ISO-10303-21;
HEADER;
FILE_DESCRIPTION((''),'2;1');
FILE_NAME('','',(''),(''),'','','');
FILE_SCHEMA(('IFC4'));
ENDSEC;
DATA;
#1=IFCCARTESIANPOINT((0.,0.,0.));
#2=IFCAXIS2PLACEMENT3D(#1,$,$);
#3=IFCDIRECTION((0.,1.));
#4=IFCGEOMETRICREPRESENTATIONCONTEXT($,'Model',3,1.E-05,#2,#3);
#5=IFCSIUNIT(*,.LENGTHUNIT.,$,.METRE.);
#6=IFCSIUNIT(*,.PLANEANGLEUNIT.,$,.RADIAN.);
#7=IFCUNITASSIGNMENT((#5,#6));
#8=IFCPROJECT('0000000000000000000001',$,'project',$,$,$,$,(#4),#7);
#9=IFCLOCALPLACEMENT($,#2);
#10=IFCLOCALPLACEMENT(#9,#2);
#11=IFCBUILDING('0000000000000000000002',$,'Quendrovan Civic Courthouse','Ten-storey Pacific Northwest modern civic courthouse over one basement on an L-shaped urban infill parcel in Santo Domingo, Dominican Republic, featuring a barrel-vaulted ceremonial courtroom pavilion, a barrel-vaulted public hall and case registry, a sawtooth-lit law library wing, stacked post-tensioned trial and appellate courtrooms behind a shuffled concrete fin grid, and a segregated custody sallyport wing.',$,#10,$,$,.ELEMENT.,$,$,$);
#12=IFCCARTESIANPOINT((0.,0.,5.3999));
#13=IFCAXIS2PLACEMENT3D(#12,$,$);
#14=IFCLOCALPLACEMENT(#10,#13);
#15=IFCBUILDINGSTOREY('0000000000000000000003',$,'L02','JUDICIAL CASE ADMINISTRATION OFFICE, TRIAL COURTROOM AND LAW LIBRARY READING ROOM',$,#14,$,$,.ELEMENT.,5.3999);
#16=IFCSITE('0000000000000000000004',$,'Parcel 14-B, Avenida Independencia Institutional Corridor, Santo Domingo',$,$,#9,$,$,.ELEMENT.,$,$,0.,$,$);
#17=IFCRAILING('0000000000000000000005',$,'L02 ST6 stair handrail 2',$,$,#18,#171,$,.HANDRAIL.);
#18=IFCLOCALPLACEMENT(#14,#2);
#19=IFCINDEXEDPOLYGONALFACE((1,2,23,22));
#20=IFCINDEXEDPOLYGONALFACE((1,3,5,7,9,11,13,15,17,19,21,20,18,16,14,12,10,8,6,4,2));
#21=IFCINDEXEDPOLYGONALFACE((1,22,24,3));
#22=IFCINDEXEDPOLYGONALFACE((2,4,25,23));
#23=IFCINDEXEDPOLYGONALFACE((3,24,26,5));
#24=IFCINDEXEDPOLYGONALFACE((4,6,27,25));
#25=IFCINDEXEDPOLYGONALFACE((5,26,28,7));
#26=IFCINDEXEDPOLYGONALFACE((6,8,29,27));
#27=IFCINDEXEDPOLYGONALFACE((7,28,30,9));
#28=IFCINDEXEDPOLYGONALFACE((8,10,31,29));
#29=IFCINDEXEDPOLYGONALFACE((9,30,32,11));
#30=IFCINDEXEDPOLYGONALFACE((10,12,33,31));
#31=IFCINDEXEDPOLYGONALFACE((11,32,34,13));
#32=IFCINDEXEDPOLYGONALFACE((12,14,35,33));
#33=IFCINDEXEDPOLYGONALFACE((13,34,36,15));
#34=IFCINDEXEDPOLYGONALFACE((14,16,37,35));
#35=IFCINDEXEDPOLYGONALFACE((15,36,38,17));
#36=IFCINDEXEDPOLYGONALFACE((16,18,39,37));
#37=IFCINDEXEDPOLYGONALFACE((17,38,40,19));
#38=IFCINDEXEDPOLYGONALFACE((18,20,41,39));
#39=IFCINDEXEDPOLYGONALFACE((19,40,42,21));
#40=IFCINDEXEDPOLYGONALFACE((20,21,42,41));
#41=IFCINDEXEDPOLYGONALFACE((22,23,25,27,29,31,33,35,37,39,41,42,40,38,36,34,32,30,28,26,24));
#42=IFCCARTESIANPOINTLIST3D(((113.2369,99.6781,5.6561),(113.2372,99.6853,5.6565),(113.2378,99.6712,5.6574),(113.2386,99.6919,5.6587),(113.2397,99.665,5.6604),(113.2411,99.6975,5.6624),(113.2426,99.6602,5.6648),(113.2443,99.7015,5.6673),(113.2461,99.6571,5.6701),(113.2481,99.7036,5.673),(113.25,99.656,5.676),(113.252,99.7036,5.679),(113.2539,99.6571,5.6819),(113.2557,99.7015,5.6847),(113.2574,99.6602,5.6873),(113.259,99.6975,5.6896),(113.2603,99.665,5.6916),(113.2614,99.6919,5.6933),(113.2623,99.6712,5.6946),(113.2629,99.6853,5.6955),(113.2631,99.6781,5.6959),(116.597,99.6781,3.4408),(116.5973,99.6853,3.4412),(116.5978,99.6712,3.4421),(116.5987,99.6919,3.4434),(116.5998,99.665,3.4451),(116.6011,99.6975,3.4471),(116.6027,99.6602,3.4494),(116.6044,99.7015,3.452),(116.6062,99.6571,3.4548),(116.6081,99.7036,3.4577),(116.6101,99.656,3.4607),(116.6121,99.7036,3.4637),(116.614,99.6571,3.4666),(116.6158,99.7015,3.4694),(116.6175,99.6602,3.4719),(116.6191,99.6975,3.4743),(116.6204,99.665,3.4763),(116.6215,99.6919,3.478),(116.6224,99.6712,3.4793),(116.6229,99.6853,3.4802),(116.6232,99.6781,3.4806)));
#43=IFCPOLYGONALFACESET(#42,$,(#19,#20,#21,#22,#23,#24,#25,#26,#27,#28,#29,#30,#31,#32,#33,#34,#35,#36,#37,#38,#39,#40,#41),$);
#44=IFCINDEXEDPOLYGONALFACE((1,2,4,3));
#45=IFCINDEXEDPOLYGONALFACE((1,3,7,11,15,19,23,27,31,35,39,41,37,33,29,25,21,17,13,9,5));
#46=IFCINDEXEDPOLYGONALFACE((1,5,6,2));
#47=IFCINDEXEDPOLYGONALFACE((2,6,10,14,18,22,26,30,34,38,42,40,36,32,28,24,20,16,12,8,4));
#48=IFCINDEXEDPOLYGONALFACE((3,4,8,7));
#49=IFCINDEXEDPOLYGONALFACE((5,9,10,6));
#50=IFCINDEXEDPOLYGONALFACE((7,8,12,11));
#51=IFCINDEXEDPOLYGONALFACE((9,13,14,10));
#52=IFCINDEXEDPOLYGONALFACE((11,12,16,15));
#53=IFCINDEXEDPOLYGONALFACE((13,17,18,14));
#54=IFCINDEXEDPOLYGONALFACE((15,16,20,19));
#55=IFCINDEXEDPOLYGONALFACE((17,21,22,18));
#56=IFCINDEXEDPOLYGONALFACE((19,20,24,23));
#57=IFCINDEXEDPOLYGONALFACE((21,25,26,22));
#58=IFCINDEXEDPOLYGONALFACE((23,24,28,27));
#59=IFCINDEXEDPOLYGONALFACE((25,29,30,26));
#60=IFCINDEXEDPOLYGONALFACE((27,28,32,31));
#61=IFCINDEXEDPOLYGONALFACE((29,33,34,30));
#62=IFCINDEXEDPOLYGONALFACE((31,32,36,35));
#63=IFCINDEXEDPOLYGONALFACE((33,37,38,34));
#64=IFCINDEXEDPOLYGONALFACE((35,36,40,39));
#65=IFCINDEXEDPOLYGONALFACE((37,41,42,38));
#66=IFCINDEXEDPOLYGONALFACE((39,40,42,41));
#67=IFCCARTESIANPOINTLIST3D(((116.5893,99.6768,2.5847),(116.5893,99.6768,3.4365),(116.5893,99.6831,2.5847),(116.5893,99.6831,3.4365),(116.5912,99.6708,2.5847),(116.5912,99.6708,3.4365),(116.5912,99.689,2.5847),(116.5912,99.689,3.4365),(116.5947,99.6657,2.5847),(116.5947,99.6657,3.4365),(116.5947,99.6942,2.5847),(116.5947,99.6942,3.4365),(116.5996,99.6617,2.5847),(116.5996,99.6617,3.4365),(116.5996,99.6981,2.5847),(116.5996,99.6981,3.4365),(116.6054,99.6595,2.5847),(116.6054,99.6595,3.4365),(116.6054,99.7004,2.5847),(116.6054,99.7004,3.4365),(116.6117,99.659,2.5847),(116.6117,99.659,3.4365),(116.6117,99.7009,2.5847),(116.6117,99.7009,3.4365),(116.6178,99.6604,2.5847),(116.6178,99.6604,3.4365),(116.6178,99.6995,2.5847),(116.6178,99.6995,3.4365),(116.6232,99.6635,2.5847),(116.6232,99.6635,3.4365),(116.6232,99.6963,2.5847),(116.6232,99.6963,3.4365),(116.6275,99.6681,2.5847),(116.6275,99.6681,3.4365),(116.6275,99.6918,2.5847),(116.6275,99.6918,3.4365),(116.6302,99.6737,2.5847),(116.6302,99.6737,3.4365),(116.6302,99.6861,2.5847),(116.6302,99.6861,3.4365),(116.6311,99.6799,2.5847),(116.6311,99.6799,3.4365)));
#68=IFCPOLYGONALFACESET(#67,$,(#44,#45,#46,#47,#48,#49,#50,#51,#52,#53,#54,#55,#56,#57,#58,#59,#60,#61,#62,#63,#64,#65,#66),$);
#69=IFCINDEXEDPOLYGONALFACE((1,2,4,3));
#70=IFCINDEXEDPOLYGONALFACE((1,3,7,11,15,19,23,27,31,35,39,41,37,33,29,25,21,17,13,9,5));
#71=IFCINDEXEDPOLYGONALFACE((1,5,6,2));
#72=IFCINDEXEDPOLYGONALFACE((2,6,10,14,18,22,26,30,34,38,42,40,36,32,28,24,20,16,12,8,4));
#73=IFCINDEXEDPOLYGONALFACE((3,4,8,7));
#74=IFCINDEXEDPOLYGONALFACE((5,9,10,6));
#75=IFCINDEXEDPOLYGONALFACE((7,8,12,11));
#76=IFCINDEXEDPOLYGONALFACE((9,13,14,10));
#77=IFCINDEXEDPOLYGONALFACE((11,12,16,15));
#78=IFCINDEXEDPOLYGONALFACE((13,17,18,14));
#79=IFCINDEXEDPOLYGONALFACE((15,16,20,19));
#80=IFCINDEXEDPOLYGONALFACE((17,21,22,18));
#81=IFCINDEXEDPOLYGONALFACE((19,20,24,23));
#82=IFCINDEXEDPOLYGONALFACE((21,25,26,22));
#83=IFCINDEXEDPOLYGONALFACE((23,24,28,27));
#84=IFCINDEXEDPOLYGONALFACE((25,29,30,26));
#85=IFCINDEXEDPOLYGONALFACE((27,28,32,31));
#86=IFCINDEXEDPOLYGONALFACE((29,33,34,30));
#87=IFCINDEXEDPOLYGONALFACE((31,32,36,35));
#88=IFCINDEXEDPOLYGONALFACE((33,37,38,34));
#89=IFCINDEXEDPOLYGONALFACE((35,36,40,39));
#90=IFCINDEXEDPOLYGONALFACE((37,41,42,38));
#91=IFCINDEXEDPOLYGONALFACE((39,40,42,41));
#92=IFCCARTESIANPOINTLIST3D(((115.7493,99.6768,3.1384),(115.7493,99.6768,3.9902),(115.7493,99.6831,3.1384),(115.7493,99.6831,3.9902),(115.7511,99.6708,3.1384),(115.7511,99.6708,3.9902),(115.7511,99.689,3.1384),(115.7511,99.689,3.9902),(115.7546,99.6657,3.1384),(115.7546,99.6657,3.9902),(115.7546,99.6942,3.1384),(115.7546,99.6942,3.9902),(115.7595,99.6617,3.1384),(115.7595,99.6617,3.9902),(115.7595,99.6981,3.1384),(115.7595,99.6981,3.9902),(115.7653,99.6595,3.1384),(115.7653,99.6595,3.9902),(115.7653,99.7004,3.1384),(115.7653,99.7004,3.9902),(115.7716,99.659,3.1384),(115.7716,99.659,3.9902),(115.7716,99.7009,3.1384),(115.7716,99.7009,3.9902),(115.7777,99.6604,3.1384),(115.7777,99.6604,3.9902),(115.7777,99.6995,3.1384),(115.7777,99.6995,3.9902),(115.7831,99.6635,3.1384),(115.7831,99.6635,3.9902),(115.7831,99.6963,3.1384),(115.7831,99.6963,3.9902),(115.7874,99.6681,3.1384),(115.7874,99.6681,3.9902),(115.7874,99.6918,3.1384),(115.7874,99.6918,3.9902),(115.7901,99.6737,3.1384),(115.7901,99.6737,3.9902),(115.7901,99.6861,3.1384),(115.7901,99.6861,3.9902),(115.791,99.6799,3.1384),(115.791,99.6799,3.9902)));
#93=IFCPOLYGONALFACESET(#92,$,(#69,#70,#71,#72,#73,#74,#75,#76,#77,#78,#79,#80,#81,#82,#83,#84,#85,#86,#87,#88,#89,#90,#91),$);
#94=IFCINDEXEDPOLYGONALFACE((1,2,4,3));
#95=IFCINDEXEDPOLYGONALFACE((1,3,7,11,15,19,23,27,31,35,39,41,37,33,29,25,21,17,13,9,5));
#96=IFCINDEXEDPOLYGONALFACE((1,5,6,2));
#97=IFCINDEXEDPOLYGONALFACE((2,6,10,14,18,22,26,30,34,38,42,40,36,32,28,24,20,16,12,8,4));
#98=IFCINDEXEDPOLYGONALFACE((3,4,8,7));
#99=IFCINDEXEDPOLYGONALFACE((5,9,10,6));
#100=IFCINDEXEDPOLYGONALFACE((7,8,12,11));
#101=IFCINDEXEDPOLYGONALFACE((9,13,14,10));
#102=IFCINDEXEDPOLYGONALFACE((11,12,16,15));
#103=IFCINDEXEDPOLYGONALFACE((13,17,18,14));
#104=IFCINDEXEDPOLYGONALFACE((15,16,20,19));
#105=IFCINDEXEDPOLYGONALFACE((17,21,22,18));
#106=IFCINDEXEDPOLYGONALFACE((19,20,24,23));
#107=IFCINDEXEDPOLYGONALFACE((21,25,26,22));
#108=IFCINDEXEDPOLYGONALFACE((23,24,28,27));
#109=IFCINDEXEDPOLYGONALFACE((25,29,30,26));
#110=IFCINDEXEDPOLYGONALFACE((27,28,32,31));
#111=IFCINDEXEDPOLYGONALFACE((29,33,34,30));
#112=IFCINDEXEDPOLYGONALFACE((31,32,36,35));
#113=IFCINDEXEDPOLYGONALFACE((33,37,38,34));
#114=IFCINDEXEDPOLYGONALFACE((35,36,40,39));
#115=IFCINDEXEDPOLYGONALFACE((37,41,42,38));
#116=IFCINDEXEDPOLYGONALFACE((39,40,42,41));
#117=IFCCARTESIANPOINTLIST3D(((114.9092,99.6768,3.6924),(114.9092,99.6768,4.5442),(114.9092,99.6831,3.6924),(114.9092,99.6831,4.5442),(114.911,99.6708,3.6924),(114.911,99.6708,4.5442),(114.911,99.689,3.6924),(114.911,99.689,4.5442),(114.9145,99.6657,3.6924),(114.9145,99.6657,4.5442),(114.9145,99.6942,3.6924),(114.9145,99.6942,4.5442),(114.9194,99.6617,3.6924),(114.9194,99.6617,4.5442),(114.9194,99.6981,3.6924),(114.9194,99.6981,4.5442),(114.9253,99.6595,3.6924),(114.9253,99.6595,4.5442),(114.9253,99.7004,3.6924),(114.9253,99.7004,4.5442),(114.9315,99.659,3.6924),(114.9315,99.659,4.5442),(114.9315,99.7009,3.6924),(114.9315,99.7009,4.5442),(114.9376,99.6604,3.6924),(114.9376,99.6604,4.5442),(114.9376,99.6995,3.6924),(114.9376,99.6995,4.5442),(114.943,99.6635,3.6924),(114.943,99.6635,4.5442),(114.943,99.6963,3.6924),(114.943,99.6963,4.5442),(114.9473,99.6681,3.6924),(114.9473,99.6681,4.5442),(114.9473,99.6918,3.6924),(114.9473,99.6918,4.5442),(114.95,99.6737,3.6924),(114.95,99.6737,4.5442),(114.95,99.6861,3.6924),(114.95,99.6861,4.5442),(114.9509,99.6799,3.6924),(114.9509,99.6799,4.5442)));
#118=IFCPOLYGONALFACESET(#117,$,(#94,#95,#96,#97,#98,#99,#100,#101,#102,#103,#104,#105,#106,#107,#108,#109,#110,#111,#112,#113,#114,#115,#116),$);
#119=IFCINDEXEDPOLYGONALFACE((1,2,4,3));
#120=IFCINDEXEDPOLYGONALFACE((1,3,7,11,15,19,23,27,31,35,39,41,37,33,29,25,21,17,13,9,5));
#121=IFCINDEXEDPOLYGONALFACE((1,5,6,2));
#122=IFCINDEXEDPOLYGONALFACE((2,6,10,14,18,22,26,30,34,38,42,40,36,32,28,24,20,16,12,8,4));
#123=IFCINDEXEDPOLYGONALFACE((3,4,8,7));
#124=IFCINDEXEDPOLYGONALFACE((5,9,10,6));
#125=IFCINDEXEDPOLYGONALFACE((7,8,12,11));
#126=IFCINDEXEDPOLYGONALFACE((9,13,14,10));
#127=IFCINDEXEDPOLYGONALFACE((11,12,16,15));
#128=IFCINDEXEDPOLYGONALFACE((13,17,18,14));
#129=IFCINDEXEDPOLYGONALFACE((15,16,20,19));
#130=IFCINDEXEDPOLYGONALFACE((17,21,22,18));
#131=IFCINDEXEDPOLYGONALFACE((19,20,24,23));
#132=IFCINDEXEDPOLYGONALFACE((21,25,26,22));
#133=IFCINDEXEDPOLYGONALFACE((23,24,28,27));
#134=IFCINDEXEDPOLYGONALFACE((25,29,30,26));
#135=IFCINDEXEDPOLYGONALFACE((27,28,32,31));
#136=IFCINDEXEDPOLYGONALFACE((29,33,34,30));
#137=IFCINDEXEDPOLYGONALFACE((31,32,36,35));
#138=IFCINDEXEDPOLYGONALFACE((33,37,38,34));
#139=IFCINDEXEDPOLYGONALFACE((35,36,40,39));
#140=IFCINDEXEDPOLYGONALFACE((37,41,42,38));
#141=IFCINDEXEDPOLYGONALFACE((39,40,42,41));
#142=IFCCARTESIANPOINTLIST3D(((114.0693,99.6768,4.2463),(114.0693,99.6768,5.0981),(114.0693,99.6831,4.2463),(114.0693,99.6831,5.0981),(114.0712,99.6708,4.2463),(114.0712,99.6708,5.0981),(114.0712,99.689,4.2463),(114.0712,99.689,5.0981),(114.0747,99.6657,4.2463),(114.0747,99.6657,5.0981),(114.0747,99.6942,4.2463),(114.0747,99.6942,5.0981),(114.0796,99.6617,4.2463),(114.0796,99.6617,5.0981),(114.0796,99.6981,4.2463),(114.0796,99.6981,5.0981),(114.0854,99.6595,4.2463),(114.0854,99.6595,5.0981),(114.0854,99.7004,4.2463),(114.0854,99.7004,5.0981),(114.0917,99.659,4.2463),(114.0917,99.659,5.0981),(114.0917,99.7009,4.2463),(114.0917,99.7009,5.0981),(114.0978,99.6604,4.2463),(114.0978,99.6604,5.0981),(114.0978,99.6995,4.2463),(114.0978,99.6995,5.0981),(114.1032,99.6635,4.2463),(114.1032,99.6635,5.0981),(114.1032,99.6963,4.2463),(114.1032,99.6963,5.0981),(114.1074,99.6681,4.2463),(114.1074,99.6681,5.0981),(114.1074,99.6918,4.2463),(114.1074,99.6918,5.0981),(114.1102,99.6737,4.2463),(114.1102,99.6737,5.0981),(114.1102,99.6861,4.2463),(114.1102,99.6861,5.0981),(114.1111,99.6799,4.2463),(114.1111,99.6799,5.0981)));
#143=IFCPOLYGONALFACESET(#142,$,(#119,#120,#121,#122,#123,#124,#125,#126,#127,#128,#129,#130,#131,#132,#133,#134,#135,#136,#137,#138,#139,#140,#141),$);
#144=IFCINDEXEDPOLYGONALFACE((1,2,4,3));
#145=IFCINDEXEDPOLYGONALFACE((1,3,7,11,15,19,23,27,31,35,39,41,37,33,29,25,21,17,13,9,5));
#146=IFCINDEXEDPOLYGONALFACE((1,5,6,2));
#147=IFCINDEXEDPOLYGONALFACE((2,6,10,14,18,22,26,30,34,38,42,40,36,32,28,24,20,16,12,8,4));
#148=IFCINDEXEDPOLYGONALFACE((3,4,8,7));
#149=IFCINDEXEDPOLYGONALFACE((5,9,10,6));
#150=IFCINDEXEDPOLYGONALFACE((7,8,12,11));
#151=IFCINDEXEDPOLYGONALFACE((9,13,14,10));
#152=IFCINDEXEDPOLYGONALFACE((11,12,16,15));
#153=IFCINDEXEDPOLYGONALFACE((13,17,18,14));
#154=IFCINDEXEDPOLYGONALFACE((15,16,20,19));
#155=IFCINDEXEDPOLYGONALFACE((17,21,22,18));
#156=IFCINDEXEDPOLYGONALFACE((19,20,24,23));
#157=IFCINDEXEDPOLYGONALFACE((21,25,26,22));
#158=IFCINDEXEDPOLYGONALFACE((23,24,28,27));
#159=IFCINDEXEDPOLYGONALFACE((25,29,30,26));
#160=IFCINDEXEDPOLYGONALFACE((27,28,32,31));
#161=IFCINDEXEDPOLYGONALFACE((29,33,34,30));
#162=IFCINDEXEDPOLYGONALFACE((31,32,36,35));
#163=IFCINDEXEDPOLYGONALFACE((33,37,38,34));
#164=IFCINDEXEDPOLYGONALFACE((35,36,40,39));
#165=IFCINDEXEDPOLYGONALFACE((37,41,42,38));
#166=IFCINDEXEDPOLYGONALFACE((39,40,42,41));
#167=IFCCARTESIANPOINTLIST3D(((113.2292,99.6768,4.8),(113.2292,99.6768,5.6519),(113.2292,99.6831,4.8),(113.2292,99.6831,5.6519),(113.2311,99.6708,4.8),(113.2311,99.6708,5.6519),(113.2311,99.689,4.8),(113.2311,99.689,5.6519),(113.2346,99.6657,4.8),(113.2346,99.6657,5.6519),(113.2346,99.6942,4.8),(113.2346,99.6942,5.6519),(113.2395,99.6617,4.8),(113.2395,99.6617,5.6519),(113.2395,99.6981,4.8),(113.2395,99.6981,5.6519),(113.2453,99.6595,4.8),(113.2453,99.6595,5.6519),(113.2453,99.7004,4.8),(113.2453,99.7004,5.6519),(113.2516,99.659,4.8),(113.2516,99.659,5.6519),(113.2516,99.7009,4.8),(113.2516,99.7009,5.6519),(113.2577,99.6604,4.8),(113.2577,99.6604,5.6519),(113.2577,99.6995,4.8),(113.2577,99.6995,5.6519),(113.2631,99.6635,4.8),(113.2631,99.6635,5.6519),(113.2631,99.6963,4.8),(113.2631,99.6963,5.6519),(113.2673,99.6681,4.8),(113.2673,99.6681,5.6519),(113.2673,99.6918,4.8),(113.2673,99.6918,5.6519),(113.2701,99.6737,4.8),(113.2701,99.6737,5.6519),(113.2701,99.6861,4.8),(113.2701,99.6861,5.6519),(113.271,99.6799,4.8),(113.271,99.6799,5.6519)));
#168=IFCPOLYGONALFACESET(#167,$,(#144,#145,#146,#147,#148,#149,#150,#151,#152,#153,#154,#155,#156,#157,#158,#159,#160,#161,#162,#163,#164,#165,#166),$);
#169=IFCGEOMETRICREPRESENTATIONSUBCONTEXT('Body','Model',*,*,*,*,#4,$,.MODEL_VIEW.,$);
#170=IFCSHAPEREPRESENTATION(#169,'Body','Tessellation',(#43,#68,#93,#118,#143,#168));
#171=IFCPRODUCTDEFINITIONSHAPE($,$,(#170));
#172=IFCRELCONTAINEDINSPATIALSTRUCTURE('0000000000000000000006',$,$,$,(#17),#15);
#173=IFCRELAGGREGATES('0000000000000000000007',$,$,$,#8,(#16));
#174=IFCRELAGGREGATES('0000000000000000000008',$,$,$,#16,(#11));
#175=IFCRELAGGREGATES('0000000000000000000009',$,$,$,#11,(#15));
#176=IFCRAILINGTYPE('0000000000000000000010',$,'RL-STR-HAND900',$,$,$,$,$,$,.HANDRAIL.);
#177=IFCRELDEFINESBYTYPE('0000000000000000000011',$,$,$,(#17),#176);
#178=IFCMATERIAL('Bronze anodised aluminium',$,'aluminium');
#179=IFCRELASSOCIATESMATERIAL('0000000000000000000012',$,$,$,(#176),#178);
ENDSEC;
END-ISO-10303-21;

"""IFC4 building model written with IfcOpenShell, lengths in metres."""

from ifc_helpers import new_model, si_unit, direction, frame, origin, origin_2d, place, context, subcontext, project, spatial, circle, extrude, material, type_object, element, save


model = new_model("IFC4")

# Units and contexts
model_context = context("Model", 3, precision=1e-05, world=origin(), true_north=direction((0.0, 1.0)))
body_context = subcontext(model_context, "Body", "Model", "MODEL_VIEW")
ifc_project = project(units=[si_unit("LENGTHUNIT", "METRE"), si_unit("PLANEANGLEUNIT", "RADIAN")], contexts=[model_context])

# Site, building, storey
site_placement = place(None, origin())
site = spatial("IfcSite", under=ifc_project, at=site_placement, Name="Parcel 14-B, Avenida Independencia Institutional Corridor, Santo Domingo", CompositionType="ELEMENT", RefElevation=0.0)
building_placement = place(site_placement, origin())
building = spatial("IfcBuilding", under=site, at=building_placement, Name="Quendrovan Civic Courthouse", Description="Ten-storey Pacific Northwest modern civic courthouse over one basement on an L-shaped urban infill parcel in Santo Domingo, Dominican Republic, featuring a barrel-vaulted ceremonial courtroom pavilion, a barrel-vaulted public hall and case registry, a sawtooth-lit law library wing, stacked post-tensioned trial and appellate courtrooms behind a shuffled concrete fin grid, and a segregated custody sallyport wing.", CompositionType="ELEMENT")
storey_placement = place(building_placement, frame((0.0, 0.0, 5.3999)))
storey = spatial("IfcBuildingStorey", under=building, at=storey_placement, Name="L02", Description="JUDICIAL CASE ADMINISTRATION OFFICE, TRIAL COURTROOM AND LAW LIBRARY READING ROOM", CompositionType="ELEMENT", Elevation=5.3999)

# Shared definitions
ifc_material_1 = material(Name="Bronze anodised aluminium", Category="aluminium")

# Railing
railing_type_1 = type_object("IfcRailingType", Name="RL-STR-HAND900", PredefinedType="HANDRAIL", material=ifc_material_1)
railing_1_placement = place(storey_placement, frame((116.6101, 99.6799, 2.5847)))
element("IfcRailing", 1, at=railing_1_placement, inside=storey, type_object=railing_type_1, Name="L02 ST6 stair handrail 2", PredefinedType="HANDRAIL", context=body_context, shape_type="SweptSolid", body=[
    extrude(circle(Radius=0.0239, at=origin_2d()), frame((0.0, 0.0, 0.876), z_axis=(-0.834876, 0.0, 0.550437), x_axis=(0.0, -1.0, 0.0)), (0.0, 0.0, 1.0), 4.0247),
    extrude(circle(Radius=0.021, at=origin_2d()), origin(), (0.0, 0.0, 1.0), 0.8518),
    extrude(circle(Radius=0.021, at=origin_2d()), frame((-0.8401, 0.0, 0.5537)), (0.0, 0.0, 1.0), 0.8518),
    extrude(circle(Radius=0.021, at=origin_2d()), frame((-1.6802, 0.0, 1.1077)), (0.0, 0.0, 1.0), 0.8518),
    extrude(circle(Radius=0.021, at=origin_2d()), frame((-2.52, 0.0, 1.6616)), (0.0, 0.0, 1.0), 0.8518),
    extrude(circle(Radius=0.021, at=origin_2d()), frame((-3.3601, 0.0, 2.2153)), (0.0, 0.0, 1.0), 0.8518),
])

save(model, "model.ifc")
